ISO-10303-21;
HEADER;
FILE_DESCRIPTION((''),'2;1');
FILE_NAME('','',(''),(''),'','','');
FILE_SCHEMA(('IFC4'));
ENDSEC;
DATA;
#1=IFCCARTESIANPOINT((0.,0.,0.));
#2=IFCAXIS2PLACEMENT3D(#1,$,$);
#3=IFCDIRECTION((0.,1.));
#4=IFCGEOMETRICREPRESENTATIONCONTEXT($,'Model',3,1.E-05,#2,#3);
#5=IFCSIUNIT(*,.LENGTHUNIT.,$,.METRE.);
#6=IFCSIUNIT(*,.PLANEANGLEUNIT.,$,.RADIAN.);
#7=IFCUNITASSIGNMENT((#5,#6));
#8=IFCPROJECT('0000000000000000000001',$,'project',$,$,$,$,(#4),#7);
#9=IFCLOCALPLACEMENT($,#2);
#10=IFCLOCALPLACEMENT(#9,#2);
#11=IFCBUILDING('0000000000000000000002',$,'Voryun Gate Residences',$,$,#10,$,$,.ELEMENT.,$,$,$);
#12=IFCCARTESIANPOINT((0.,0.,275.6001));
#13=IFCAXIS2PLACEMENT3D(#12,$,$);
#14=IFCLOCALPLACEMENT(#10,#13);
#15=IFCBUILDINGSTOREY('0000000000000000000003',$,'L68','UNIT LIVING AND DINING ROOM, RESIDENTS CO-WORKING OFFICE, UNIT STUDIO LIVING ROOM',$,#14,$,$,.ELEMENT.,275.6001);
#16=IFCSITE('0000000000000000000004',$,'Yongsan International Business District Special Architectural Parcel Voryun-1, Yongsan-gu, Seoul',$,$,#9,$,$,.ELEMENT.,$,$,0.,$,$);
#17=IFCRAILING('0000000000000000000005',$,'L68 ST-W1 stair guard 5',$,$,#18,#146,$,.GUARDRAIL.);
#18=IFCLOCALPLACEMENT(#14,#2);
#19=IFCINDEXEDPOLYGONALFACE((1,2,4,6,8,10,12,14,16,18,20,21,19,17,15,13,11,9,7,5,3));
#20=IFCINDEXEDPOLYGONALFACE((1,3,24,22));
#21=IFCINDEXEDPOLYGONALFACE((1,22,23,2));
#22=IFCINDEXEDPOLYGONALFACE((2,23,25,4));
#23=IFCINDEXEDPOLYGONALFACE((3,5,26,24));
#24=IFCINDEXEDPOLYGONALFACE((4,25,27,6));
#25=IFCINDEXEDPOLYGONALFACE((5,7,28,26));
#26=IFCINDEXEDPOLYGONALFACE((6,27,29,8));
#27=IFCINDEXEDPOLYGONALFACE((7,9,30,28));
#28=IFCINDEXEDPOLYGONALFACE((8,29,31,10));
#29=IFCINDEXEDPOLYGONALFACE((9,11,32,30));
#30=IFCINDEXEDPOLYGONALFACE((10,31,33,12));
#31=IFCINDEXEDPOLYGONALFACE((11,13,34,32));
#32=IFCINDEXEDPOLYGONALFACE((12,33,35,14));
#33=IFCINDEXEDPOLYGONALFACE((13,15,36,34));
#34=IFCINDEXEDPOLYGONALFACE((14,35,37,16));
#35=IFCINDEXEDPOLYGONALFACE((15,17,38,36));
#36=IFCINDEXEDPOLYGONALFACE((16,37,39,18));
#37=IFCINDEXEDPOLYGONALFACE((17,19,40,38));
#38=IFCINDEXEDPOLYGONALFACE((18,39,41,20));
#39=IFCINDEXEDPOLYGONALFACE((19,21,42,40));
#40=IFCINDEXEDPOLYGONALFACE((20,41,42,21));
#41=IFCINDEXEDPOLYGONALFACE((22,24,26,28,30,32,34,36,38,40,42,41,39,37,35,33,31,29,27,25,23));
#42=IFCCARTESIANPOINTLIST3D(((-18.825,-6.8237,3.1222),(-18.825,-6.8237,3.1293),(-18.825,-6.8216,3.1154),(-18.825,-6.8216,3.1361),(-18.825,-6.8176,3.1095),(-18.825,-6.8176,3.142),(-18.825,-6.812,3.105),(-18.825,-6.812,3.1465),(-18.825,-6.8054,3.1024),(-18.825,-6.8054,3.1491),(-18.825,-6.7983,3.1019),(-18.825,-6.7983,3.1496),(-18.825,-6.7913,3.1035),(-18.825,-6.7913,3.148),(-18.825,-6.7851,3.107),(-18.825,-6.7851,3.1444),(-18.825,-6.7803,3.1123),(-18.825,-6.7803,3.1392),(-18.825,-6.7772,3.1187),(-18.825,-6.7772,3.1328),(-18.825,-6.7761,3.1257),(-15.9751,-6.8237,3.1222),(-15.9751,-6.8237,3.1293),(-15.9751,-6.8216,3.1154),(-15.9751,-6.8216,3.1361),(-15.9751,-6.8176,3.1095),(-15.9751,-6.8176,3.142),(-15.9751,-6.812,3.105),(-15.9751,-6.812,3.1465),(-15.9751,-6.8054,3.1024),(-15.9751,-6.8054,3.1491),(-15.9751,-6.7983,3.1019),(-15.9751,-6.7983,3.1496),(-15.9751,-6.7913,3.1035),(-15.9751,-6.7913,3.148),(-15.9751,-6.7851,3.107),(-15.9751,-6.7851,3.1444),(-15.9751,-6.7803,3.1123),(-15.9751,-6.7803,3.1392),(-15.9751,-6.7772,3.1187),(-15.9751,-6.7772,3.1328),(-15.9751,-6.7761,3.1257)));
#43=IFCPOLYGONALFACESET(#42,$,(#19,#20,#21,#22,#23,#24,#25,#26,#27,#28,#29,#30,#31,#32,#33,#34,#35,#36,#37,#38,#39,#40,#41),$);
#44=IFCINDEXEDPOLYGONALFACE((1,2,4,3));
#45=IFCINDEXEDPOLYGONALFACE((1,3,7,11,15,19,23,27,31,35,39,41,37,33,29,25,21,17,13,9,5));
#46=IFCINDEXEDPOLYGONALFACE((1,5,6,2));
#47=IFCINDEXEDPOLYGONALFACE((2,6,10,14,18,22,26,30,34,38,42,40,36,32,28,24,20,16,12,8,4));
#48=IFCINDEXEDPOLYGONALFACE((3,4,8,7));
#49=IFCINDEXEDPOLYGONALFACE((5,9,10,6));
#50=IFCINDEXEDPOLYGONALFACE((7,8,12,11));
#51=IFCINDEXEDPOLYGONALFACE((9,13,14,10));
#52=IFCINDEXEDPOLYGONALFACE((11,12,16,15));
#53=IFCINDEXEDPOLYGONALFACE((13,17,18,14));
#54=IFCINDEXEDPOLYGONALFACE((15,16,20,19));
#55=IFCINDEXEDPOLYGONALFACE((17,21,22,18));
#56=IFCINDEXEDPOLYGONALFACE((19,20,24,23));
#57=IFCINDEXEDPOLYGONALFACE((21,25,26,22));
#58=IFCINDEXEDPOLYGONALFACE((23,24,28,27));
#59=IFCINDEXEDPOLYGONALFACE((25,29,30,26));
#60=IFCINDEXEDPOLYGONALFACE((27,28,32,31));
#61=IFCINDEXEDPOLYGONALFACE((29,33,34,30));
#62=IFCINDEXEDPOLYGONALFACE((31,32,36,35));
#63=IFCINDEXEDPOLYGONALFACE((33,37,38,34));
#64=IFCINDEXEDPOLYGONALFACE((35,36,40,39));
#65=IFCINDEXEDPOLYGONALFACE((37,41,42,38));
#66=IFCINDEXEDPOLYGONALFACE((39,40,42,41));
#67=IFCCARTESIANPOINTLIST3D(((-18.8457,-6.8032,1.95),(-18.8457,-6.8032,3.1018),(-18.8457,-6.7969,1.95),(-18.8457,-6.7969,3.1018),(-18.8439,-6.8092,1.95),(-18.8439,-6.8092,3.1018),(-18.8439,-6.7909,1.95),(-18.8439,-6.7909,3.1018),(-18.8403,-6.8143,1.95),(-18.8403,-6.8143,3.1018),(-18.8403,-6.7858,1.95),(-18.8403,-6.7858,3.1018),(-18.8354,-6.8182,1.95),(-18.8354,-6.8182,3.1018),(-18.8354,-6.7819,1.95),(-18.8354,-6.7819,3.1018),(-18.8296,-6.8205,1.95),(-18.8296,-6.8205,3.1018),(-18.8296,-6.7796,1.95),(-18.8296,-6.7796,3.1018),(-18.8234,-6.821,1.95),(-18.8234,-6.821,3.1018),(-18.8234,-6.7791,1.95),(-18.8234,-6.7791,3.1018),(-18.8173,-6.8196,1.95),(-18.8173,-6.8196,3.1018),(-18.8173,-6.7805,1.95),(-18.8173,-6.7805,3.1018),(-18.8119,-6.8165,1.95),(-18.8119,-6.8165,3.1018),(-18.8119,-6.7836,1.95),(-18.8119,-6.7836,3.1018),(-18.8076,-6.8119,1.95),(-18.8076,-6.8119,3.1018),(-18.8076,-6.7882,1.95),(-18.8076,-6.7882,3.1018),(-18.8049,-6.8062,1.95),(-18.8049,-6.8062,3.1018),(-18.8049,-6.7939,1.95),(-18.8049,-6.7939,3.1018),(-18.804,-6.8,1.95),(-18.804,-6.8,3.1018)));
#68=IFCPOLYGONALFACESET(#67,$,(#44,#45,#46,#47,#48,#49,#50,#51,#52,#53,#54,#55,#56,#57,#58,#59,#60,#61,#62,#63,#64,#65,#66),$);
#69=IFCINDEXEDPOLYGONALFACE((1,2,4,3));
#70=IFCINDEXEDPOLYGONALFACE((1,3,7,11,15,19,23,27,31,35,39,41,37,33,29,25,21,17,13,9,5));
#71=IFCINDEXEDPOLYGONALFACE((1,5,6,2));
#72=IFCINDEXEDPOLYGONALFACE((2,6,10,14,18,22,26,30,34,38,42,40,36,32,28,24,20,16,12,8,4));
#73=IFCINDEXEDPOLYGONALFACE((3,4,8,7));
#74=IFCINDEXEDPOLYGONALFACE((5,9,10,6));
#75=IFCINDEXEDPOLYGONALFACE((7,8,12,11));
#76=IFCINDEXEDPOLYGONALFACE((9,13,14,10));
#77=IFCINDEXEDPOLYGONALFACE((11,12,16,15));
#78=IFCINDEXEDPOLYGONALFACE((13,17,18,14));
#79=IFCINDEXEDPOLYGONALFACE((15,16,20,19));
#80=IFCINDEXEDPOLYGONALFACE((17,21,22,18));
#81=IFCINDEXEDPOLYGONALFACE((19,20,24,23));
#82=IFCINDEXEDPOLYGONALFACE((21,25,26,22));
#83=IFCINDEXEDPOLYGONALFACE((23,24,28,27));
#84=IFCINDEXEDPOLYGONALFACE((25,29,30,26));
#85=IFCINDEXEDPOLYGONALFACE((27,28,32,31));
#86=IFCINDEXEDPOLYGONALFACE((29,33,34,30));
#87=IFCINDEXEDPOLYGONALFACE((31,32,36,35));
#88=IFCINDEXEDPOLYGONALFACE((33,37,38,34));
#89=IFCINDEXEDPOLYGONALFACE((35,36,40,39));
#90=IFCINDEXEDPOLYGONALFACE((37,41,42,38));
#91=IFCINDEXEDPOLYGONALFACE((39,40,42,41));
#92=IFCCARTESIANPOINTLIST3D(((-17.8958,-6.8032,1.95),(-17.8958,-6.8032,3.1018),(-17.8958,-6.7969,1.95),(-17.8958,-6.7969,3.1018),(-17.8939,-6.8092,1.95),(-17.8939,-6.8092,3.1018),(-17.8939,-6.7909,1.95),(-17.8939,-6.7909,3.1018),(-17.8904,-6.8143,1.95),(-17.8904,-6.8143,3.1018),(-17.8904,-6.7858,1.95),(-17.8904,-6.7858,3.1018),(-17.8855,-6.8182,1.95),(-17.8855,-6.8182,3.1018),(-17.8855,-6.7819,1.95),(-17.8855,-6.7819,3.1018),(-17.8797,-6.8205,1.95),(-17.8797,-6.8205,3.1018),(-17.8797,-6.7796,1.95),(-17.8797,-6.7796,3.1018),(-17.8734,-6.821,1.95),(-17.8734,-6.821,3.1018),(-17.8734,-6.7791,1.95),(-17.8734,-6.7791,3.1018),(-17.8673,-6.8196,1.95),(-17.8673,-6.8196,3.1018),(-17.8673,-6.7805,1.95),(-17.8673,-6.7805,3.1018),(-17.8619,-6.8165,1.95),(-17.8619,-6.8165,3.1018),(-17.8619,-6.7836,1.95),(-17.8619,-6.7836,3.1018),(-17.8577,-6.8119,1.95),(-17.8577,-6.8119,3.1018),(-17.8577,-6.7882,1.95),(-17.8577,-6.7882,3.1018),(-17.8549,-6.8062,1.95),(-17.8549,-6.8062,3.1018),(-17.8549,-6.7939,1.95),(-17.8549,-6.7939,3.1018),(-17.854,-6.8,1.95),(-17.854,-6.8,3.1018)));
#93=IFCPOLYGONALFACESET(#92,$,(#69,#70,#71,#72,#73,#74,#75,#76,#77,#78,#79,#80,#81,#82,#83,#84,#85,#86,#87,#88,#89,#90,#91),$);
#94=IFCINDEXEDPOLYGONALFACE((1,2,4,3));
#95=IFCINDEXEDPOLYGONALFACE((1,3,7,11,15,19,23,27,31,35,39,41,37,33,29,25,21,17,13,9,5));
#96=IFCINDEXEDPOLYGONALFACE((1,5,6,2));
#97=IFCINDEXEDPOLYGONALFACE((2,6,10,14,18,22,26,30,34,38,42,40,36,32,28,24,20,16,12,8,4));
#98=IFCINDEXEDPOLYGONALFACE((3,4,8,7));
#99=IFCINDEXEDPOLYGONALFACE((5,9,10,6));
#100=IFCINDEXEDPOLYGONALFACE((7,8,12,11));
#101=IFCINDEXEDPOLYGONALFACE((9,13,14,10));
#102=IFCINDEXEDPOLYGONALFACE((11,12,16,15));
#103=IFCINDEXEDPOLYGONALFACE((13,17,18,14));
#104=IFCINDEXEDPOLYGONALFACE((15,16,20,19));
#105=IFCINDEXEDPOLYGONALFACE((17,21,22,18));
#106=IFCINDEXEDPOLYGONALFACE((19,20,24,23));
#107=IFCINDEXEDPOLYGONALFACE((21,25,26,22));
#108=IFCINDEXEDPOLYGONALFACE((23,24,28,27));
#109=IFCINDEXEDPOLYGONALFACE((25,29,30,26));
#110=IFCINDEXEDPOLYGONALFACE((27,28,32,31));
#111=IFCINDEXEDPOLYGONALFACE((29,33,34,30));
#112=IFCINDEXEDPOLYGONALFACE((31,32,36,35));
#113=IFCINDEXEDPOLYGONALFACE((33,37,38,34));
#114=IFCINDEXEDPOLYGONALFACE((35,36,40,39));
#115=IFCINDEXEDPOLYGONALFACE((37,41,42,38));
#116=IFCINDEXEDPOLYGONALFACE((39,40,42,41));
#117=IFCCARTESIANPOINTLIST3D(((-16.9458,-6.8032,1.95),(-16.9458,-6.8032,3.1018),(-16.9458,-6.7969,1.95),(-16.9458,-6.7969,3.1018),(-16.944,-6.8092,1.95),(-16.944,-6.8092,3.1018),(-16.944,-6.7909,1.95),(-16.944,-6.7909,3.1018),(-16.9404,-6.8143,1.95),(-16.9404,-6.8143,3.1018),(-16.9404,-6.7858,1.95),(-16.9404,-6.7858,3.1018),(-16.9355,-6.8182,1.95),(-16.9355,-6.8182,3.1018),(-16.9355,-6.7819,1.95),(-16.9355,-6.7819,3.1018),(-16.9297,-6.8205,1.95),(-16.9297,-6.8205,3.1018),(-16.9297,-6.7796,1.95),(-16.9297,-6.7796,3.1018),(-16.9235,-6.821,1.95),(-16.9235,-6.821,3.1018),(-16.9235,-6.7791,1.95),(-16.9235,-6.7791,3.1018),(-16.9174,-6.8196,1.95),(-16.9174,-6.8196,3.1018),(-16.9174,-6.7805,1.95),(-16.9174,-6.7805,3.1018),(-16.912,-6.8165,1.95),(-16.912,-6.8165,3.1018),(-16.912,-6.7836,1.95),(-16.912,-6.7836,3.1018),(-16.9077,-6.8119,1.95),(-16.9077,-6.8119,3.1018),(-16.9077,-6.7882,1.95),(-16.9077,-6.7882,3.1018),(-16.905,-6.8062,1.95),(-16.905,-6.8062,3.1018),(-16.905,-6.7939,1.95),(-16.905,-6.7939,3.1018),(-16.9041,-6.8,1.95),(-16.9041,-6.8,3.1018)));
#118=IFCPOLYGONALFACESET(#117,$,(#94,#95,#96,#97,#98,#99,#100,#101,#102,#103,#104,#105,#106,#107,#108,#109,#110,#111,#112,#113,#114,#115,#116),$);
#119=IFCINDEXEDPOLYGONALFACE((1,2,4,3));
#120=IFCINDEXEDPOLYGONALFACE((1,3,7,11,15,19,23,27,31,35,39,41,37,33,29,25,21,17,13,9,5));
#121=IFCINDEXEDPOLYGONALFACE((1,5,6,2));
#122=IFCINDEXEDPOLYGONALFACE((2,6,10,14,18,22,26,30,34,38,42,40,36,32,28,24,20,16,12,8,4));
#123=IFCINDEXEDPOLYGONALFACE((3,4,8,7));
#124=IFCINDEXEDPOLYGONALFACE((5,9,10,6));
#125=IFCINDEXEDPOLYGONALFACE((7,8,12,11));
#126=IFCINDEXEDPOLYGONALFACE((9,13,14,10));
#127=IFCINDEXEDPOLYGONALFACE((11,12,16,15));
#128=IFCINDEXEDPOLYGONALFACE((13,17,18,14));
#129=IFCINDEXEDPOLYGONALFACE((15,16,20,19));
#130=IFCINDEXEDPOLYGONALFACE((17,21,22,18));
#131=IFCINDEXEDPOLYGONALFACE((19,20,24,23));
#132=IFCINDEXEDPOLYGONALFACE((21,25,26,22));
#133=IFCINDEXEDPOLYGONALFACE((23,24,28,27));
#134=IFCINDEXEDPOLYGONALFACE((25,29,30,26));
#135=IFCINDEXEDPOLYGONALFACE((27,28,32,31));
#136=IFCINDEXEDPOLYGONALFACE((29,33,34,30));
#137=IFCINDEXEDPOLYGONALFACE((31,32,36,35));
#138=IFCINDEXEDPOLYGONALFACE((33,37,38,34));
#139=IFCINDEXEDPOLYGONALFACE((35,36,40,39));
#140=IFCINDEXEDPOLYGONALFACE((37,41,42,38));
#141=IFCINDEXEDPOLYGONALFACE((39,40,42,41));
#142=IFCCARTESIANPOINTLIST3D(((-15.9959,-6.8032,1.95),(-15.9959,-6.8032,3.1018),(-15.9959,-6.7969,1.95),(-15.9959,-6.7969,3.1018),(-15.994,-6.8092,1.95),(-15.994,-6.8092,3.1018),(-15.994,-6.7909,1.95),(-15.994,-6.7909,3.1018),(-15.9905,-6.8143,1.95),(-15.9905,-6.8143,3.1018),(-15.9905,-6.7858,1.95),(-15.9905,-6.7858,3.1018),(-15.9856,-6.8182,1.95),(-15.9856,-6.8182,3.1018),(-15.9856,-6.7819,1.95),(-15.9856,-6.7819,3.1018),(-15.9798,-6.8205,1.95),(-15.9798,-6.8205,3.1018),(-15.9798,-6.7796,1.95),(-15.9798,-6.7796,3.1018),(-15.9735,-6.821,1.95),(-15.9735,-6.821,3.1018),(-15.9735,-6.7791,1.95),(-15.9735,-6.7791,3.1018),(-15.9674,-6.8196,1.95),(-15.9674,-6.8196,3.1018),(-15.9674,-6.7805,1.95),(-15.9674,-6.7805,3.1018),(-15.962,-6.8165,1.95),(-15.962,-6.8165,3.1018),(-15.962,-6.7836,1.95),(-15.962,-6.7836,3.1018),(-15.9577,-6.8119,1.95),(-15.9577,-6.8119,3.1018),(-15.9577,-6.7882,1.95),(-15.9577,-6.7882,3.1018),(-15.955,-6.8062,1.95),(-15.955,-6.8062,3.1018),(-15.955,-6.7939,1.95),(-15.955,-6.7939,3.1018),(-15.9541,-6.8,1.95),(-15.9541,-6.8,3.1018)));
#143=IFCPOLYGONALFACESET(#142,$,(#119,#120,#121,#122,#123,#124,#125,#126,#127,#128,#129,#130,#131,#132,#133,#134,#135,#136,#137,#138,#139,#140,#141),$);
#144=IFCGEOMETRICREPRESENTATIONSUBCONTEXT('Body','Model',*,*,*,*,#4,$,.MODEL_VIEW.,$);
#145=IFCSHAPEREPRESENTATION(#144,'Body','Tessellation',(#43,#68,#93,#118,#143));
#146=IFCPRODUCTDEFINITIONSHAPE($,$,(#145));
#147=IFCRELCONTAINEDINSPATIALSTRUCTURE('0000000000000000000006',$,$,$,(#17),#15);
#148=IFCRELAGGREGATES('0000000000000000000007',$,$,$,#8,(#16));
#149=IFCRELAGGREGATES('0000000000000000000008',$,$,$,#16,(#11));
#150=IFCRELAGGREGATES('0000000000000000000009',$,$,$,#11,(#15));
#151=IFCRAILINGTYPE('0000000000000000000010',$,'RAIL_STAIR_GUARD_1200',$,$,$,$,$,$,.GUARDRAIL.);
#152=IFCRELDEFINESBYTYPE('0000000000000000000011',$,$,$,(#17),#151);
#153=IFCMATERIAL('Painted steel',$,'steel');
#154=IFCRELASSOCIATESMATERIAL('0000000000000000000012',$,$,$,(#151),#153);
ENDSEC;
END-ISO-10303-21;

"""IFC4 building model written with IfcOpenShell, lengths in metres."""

from ifc_helpers import new_model, si_unit, direction, frame, origin, origin_2d, place, context, subcontext, project, spatial, circle, extrude, material, type_object, element, save


model = new_model("IFC4")

# Units and contexts
model_context = context("Model", 3, precision=1e-05, world=origin(), true_north=direction((0.0, 1.0)))
body_context = subcontext(model_context, "Body", "Model", "MODEL_VIEW")
ifc_project = project(units=[si_unit("LENGTHUNIT", "METRE"), si_unit("PLANEANGLEUNIT", "RADIAN")], contexts=[model_context])

# Site, building, storey
site_placement = place(None, origin())
site = spatial("IfcSite", under=ifc_project, at=site_placement, Name="Yongsan International Business District Special Architectural Parcel Voryun-1, Yongsan-gu, Seoul", CompositionType="ELEMENT", RefElevation=0.0)
building_placement = place(site_placement, origin())
building = spatial("IfcBuilding", under=site, at=building_placement, Name="Voryun Gate Residences", CompositionType="ELEMENT")
storey_placement = place(building_placement, frame((0.0, 0.0, 275.6001)))
storey = spatial("IfcBuildingStorey", under=building, at=storey_placement, Name="L68", Description="UNIT LIVING AND DINING ROOM, RESIDENTS CO-WORKING OFFICE, UNIT STUDIO LIVING ROOM", CompositionType="ELEMENT", Elevation=275.6001)

# Railing
ifc_material_1 = material(Name="Painted steel", Category="steel")
railing_type_1 = type_object("IfcRailingType", Name="RAIL_STAIR_GUARD_1200", PredefinedType="GUARDRAIL", material=ifc_material_1)
railing_1_placement = place(storey_placement, frame((-18.825, -6.8, 1.95)))
element("IfcRailing", 1, at=railing_1_placement, inside=storey, type_object=railing_type_1, Name="L68 ST-W1 stair guard 5", PredefinedType="GUARDRAIL", context=body_context, shape_type="SweptSolid", body=[
    extrude(circle(Radius=0.0239, at=origin_2d()), frame((0.0, 0.0, 1.1758), z_axis=(1.0, 0.0, 0.0), x_axis=(0.0, 1.0, 0.0)), (0.0, 0.0, 1.0), 2.8499),
    extrude(circle(Radius=0.021, at=origin_2d()), origin(), (0.0, 0.0, 1.0), 1.1519),
    extrude(circle(Radius=0.021, at=origin_2d()), frame((0.95, 0.0, 0.0)), (0.0, 0.0, 1.0), 1.1519),
    extrude(circle(Radius=0.021, at=origin_2d()), frame((1.8999, 0.0, 0.0)), (0.0, 0.0, 1.0), 1.1519),
    extrude(circle(Radius=0.021, at=origin_2d()), frame((2.8499, 0.0, 0.0)), (0.0, 0.0, 1.0), 1.1519),
])

save(model, "model.ifc")
